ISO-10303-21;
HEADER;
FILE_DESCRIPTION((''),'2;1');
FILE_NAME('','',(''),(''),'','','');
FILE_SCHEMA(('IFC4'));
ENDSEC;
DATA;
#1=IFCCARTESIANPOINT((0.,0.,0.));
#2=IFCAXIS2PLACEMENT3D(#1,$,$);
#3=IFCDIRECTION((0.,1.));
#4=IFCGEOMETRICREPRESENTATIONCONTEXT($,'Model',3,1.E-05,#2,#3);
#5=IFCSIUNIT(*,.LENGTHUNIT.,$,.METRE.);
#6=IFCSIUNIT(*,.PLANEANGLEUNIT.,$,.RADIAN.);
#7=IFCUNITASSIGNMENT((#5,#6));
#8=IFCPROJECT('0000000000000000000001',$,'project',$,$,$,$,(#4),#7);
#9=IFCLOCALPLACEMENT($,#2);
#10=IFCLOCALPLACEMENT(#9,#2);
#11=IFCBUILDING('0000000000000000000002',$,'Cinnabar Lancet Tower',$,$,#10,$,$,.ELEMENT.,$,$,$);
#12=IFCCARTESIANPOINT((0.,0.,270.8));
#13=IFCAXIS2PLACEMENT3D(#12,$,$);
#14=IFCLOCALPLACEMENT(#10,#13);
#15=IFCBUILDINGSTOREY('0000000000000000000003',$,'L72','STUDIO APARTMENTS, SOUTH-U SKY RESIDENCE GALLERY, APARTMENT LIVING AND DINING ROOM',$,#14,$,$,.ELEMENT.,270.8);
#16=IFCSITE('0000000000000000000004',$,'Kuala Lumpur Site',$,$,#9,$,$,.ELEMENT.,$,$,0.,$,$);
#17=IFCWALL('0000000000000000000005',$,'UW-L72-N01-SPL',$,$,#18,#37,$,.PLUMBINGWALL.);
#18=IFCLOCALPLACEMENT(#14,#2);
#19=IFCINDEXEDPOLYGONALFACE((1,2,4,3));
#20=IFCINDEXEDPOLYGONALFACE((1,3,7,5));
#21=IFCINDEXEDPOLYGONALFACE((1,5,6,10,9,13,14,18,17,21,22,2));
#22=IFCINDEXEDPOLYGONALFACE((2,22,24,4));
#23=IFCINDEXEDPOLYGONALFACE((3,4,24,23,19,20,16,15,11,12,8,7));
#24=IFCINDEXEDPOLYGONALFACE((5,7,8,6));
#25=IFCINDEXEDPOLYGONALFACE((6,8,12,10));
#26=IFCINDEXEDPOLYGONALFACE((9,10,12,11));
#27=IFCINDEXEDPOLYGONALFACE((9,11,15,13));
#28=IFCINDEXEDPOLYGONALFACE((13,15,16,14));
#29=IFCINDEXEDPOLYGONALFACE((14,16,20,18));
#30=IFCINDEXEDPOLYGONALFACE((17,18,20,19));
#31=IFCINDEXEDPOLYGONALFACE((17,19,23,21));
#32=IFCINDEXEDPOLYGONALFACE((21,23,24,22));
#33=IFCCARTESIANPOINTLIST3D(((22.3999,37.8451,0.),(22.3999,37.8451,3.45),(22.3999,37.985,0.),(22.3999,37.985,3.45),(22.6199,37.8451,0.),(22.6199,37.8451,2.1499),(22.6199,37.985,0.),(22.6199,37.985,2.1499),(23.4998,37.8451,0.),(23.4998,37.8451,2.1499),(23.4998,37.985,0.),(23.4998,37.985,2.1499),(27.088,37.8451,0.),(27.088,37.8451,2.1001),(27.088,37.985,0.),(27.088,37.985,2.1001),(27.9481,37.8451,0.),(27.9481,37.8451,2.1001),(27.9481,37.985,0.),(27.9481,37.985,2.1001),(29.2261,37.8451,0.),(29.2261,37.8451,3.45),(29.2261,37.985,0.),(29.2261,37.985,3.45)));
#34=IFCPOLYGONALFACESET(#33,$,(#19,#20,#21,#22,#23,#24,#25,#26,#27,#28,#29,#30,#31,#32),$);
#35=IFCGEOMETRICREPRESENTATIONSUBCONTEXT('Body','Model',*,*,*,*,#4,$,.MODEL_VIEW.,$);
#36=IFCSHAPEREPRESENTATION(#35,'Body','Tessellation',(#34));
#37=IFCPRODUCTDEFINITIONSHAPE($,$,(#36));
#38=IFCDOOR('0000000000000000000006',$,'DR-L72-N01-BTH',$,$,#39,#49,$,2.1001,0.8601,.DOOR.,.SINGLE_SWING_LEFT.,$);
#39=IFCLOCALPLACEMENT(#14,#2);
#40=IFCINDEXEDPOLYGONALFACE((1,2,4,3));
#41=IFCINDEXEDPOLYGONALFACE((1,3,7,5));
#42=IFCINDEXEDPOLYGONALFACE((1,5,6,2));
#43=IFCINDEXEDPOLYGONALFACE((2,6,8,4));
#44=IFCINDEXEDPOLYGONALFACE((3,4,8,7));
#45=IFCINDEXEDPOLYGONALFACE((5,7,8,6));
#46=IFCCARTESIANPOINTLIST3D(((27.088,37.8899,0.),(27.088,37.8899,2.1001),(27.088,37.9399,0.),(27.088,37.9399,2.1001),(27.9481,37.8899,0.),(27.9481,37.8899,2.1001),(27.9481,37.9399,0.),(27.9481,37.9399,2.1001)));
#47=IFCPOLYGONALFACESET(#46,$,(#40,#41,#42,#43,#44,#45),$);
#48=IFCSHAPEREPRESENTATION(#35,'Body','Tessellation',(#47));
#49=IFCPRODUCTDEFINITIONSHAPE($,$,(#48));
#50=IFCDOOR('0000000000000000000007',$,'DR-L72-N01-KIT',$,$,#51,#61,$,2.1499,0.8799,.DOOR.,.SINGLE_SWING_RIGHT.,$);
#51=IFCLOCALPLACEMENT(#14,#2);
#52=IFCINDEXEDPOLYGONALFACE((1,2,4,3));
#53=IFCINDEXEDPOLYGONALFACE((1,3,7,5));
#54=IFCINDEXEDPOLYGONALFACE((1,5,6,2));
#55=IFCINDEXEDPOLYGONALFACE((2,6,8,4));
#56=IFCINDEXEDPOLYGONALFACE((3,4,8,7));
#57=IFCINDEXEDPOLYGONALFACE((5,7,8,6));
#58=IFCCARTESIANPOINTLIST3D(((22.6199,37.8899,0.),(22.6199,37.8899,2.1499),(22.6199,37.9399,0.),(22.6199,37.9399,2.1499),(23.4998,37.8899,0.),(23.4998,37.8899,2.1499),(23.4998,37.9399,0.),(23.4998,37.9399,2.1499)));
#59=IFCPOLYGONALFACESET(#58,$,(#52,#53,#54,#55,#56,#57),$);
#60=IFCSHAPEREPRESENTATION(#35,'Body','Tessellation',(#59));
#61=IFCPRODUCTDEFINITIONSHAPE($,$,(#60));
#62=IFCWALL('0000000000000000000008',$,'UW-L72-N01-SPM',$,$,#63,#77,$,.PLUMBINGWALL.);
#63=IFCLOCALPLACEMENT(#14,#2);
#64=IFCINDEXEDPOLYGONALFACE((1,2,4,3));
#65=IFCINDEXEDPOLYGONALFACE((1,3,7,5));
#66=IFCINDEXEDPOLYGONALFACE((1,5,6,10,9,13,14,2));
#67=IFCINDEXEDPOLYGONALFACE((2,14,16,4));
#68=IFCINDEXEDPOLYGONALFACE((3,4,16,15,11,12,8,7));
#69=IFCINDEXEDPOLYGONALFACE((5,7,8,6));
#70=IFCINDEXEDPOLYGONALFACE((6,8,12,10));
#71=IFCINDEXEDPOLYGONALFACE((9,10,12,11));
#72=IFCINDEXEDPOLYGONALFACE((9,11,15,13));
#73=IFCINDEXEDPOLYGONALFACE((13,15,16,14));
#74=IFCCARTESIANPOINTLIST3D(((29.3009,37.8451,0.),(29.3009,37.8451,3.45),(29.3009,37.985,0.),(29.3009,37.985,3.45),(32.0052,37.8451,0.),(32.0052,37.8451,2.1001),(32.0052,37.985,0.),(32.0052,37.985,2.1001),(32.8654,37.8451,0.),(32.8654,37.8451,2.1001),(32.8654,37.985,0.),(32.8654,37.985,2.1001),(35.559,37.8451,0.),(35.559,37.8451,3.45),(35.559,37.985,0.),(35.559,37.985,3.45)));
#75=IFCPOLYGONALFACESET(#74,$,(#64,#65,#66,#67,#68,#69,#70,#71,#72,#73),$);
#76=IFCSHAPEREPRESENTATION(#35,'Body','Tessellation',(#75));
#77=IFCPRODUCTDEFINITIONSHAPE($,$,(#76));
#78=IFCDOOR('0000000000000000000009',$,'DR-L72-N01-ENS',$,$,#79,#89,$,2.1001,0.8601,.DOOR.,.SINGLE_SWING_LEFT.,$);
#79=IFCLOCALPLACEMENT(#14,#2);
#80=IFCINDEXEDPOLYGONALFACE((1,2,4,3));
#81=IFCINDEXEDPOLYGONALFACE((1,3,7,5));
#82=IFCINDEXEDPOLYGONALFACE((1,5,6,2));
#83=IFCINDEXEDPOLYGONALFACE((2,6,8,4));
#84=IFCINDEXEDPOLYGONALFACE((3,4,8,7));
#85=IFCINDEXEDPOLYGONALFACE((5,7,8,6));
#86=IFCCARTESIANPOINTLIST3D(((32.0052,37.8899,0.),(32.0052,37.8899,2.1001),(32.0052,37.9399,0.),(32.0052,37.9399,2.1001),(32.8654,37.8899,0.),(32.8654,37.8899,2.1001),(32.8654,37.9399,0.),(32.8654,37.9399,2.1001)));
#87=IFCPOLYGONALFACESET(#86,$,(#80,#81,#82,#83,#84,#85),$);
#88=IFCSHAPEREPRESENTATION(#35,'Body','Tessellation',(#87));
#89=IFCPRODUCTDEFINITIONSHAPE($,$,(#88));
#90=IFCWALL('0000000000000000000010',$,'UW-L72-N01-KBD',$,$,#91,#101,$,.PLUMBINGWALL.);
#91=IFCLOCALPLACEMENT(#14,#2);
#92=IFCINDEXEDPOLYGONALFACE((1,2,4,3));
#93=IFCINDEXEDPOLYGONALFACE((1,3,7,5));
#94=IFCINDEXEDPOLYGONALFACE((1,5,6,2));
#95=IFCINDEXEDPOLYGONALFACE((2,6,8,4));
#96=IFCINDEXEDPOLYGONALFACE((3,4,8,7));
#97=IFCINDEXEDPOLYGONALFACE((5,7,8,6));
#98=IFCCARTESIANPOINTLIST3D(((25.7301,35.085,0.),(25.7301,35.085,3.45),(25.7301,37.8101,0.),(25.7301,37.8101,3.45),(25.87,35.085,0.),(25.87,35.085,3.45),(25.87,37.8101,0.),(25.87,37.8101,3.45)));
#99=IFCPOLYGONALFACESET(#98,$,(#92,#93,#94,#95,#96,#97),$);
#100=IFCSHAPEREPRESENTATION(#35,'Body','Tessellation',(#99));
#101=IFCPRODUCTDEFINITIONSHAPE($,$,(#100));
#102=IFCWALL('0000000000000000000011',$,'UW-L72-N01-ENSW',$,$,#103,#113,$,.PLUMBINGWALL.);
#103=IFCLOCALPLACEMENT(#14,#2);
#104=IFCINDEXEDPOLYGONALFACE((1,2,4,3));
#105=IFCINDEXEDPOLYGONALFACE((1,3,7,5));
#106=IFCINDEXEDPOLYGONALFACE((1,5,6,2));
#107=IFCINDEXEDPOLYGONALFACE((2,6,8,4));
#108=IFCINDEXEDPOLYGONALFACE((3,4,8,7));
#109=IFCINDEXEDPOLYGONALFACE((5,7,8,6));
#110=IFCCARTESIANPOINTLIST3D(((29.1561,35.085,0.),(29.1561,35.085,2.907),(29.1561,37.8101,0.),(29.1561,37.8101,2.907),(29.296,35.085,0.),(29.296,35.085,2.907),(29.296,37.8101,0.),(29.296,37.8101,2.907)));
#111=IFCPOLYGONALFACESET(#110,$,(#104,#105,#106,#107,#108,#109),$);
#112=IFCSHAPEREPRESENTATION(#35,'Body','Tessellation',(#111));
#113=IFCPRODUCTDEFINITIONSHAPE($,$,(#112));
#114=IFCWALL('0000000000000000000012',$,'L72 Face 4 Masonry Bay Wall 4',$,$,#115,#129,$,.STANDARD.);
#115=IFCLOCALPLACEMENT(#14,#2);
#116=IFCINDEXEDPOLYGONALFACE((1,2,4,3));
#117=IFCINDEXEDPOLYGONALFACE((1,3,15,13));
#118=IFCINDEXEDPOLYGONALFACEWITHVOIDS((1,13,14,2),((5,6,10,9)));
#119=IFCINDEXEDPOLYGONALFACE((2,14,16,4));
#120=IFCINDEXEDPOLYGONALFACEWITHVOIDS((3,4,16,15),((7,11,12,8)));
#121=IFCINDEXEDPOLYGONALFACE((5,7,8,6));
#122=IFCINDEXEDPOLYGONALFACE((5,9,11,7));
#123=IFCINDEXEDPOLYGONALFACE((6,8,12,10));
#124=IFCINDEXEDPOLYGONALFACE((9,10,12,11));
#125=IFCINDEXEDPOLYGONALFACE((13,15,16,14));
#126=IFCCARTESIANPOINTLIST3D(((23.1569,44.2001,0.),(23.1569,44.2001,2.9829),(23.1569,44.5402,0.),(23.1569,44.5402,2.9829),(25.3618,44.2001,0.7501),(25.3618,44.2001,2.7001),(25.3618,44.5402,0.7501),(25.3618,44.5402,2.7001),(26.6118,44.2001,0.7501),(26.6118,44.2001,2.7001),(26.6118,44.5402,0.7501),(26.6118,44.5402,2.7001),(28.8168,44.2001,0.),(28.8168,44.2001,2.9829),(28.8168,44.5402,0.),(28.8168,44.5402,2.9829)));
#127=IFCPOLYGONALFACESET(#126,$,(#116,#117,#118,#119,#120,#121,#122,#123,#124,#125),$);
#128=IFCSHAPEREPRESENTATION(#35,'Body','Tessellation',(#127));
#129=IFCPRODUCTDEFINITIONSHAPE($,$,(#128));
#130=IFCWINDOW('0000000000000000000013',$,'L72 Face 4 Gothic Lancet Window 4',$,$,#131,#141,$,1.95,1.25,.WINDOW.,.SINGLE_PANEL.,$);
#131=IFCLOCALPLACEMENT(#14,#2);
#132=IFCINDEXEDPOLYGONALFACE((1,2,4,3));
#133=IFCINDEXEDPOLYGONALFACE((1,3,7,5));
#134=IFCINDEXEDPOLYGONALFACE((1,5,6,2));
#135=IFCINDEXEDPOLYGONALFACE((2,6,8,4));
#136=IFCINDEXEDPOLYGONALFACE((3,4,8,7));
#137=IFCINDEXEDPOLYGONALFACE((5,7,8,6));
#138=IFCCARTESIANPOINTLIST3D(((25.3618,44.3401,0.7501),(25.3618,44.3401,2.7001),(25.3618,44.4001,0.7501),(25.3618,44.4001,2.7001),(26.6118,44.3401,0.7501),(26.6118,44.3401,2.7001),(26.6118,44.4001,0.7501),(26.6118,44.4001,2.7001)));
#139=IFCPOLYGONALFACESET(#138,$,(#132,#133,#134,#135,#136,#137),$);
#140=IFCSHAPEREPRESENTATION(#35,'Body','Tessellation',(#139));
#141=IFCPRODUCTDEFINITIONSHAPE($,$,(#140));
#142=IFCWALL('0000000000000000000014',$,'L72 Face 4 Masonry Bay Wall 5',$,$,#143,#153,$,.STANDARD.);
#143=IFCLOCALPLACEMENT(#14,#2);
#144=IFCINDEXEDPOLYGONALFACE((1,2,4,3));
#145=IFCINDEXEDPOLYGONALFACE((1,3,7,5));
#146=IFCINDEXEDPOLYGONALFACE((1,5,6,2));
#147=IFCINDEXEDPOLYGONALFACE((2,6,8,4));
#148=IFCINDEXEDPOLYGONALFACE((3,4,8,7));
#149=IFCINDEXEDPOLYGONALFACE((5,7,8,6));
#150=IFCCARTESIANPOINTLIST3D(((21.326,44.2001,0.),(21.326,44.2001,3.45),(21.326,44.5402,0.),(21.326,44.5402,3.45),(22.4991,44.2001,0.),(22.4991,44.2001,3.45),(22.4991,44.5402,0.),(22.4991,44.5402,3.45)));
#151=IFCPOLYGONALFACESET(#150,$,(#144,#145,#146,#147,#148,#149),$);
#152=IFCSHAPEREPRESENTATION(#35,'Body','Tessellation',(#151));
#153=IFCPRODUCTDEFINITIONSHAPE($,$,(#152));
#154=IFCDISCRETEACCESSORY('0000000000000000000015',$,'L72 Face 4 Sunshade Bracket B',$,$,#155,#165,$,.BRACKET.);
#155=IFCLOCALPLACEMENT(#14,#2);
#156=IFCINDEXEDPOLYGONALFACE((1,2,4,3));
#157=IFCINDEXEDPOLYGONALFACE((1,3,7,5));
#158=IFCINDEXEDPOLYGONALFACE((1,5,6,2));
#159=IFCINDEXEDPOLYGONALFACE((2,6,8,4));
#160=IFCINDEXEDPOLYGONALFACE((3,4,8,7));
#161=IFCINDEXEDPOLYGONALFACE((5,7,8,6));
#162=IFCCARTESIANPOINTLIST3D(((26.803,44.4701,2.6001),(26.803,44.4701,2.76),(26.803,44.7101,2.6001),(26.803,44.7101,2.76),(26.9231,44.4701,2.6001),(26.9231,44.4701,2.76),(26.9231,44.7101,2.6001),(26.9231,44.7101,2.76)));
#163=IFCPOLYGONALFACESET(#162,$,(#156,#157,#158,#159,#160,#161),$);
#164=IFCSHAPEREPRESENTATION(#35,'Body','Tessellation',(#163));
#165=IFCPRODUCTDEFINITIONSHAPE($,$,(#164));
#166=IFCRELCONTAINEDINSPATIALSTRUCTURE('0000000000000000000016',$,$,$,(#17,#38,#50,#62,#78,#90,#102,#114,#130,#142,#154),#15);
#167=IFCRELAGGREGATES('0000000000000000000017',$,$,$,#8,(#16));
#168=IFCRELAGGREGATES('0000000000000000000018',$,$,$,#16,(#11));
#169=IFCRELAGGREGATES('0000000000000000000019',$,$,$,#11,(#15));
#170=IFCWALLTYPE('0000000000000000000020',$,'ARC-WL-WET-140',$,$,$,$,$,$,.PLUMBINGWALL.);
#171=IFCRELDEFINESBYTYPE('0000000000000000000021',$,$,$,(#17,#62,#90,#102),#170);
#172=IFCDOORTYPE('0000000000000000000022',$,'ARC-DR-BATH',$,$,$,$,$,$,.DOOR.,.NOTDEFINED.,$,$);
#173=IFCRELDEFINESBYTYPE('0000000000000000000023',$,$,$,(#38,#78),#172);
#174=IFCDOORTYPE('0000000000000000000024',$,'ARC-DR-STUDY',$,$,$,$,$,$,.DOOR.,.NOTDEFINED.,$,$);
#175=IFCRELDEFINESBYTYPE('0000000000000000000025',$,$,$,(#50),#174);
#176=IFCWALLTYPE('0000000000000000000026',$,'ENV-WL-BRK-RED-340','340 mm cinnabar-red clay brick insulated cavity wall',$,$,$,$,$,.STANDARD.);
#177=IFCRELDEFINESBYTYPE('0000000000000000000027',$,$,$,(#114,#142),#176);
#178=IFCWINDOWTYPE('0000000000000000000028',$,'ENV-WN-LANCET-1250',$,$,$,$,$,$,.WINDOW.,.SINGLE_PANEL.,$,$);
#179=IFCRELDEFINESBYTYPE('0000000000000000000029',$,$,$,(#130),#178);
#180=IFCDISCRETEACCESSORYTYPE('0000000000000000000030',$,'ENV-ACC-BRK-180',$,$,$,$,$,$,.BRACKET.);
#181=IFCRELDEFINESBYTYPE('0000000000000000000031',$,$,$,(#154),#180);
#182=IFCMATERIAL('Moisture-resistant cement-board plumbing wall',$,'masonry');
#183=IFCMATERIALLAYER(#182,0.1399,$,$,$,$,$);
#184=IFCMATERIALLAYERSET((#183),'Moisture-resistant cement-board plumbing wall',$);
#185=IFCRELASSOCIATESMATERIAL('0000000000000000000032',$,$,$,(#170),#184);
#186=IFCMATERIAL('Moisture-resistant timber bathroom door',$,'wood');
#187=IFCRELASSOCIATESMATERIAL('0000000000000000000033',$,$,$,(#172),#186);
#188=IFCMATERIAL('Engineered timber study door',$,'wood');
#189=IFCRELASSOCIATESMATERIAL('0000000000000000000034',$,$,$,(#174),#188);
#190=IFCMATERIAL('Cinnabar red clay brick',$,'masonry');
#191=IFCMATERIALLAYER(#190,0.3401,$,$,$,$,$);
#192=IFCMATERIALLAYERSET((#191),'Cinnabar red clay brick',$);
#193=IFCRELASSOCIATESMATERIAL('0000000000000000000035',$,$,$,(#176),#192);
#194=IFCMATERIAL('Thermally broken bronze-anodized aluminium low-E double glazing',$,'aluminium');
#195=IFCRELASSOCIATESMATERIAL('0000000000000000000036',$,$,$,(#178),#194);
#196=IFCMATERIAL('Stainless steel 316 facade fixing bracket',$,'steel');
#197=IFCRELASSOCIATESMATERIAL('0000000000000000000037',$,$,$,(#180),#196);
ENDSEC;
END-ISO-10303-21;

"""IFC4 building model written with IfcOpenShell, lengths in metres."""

from ifc_helpers import new_model, si_unit, direction, frame, frame_2d, origin, origin_2d, place, context, subcontext, project, spatial, rectangle, extrude, material, layer, layer_set, type_object, element, fill, save


model = new_model("IFC4")

# Units and contexts
model_context = context("Model", 3, precision=1e-05, world=origin(), true_north=direction((0.0, 1.0)))
body_context = subcontext(model_context, "Body", "Model", "MODEL_VIEW")
ifc_project = project(units=[si_unit("LENGTHUNIT", "METRE"), si_unit("PLANEANGLEUNIT", "RADIAN")], contexts=[model_context])

# Site, building, storey
site_placement = place(None, origin())
site = spatial("IfcSite", under=ifc_project, at=site_placement, Name="Kuala Lumpur Site", CompositionType="ELEMENT", RefElevation=0.0)
building_placement = place(site_placement, origin())
building = spatial("IfcBuilding", under=site, at=building_placement, Name="Cinnabar Lancet Tower", CompositionType="ELEMENT")
storey_placement = place(building_placement, frame((0.0, 0.0, 270.8)))
storey = spatial("IfcBuildingStorey", under=building, at=storey_placement, Name="L72", Description="STUDIO APARTMENTS, SOUTH-U SKY RESIDENCE GALLERY, APARTMENT LIVING AND DINING ROOM", CompositionType="ELEMENT", Elevation=270.8)

# Wall, openings, doors
ifc_material_1 = material(Name="Moisture-resistant cement-board plumbing wall", Category="masonry")
ifc_layer_1 = layer(ifc_material_1, 0.1399)
ifc_layer_set_1 = layer_set([ifc_layer_1], Name="Moisture-resistant cement-board plumbing wall")
wall_type_1 = type_object("IfcWallType", Name="ARC-WL-WET-140", PredefinedType="PLUMBINGWALL", material=ifc_layer_set_1)
wall_1_placement = place(storey_placement, frame((22.3999, 37.915, 0.0), z_axis=(0.0, 0.0, 1.0), x_axis=(1.0, 0.0, 0.0)))
wall_1 = element("IfcWall", 1, at=wall_1_placement, inside=storey, type_object=wall_type_1, Name="UW-L72-N01-SPL", PredefinedType="PLUMBINGWALL", context=body_context, shape_type="SweptSolid", body=[
    extrude(rectangle(XDim=6.8262, YDim=0.1399, at=frame_2d((3.4131, 0.0))), origin(), (0.0, 0.0, 1.0), 3.45),
])
opening_1_placement = place(wall_1_placement, frame((4.688, 0.0, 0.0)))
opening_1 = element("IfcOpeningElement", 2, at=opening_1_placement, cuts=wall_1, PredefinedType="OPENING", context=body_context, shape_type="SweptSolid", body=[
    extrude(rectangle(XDim=0.8601, YDim=2.1001, at=frame_2d((0.4302, 1.05))), frame((0.0, 0.0798, 0.0), z_axis=(0.0, -1.0, 0.0), x_axis=(1.0, 0.0, 0.0)), (0.0, 0.0, 1.0), 0.1599),
])
opening_2_placement = place(wall_1_placement, frame((0.22, 0.0, 0.0)))
opening_2 = element("IfcOpeningElement", 3, at=opening_2_placement, cuts=wall_1, PredefinedType="OPENING", context=body_context, shape_type="SweptSolid", body=[
    extrude(rectangle(XDim=0.8799, YDim=2.1499, at=frame_2d((0.4399, 1.075))), frame((0.0, 0.0798, 0.0), z_axis=(0.0, -1.0, 0.0), x_axis=(1.0, 0.0, 0.0)), (0.0, 0.0, 1.0), 0.1599),
])
ifc_material_2 = material(Name="Moisture-resistant timber bathroom door", Category="wood")
door_type_1 = type_object("IfcDoorType", Name="ARC-DR-BATH", OperationType="NOTDEFINED", PredefinedType="DOOR", material=ifc_material_2)
door_1_placement = place(opening_1_placement, origin())
door_1 = element("IfcDoor", 4, at=door_1_placement, inside=storey, type_object=door_type_1, Name="DR-L72-N01-BTH", OperationType="SINGLE_SWING_LEFT", OverallHeight=2.1001, OverallWidth=0.8601, PredefinedType="DOOR", context=body_context, shape_type="SweptSolid", body=[
    extrude(rectangle(XDim=0.8601, YDim=2.1001, at=frame_2d((0.4302, 1.05))), frame((0.0, 0.0249, 0.0), z_axis=(0.0, -1.0, 0.0), x_axis=(1.0, 0.0, 0.0)), (0.0, 0.0, 1.0), 0.05),
])
fill(opening_1, door_1)
ifc_material_3 = material(Name="Engineered timber study door", Category="wood")
door_type_2 = type_object("IfcDoorType", Name="ARC-DR-STUDY", OperationType="NOTDEFINED", PredefinedType="DOOR", material=ifc_material_3)
door_2_placement = place(opening_2_placement, origin())
door_2 = element("IfcDoor", 5, at=door_2_placement, inside=storey, type_object=door_type_2, Name="DR-L72-N01-KIT", OperationType="SINGLE_SWING_RIGHT", OverallHeight=2.1499, OverallWidth=0.8799, PredefinedType="DOOR", context=body_context, shape_type="SweptSolid", body=[
    extrude(rectangle(XDim=0.8799, YDim=2.1499, at=frame_2d((0.4399, 1.075))), frame((0.0, 0.0249, 0.0), z_axis=(0.0, -1.0, 0.0), x_axis=(1.0, 0.0, 0.0)), (0.0, 0.0, 1.0), 0.05),
])
fill(opening_2, door_2)

# Wall, opening, door
wall_2_placement = place(storey_placement, frame((29.301, 37.915, 0.0), z_axis=(0.0, 0.0, 1.0), x_axis=(1.0, 0.0, 0.0)))
wall_2 = element("IfcWall", 6, at=wall_2_placement, inside=storey, type_object=wall_type_1, Name="UW-L72-N01-SPM", PredefinedType="PLUMBINGWALL", context=body_context, shape_type="SweptSolid", body=[
    extrude(rectangle(XDim=6.2581, YDim=0.1399, at=frame_2d((3.1289, 0.0))), origin(), (0.0, 0.0, 1.0), 3.45),
])
opening_3_placement = place(wall_2_placement, frame((2.7041, 0.0, 0.0)))
opening_3 = element("IfcOpeningElement", 7, at=opening_3_placement, cuts=wall_2, PredefinedType="OPENING", context=body_context, shape_type="SweptSolid", body=[
    extrude(rectangle(XDim=0.8601, YDim=2.1001, at=frame_2d((0.4302, 1.05))), frame((0.0, 0.0798, 0.0), z_axis=(0.0, -1.0, 0.0), x_axis=(1.0, 0.0, 0.0)), (0.0, 0.0, 1.0), 0.1599),
])
door_3_placement = place(opening_3_placement, origin())
door_3 = element("IfcDoor", 8, at=door_3_placement, inside=storey, type_object=door_type_1, Name="DR-L72-N01-ENS", OperationType="SINGLE_SWING_LEFT", OverallHeight=2.1001, OverallWidth=0.8601, PredefinedType="DOOR", context=body_context, shape_type="SweptSolid", body=[
    extrude(rectangle(XDim=0.8601, YDim=2.1001, at=frame_2d((0.4302, 1.05))), frame((0.0, 0.0249, 0.0), z_axis=(0.0, -1.0, 0.0), x_axis=(1.0, 0.0, 0.0)), (0.0, 0.0, 1.0), 0.05),
])
fill(opening_3, door_3)

# Walls
wall_3_placement = place(storey_placement, frame((25.8, 35.085, 0.0), z_axis=(0.0, 0.0, 1.0), x_axis=(0.0, 1.0, 0.0)))
element("IfcWall", 9, at=wall_3_placement, inside=storey, type_object=wall_type_1, Name="UW-L72-N01-KBD", PredefinedType="PLUMBINGWALL", context=body_context, shape_type="SweptSolid", body=[
    extrude(rectangle(XDim=2.7251, YDim=0.1399, at=frame_2d((1.3625, 0.0))), origin(), (0.0, 0.0, 1.0), 3.45),
])
wall_4_placement = place(storey_placement, frame((29.2261, 35.085, 0.0), z_axis=(0.0, 0.0, 1.0), x_axis=(0.0, 1.0, 0.0)))
element("IfcWall", 10, at=wall_4_placement, inside=storey, type_object=wall_type_1, Name="UW-L72-N01-ENSW", PredefinedType="PLUMBINGWALL", context=body_context, shape_type="SweptSolid", body=[
    extrude(rectangle(XDim=2.7251, YDim=0.1399, at=frame_2d((1.3625, 0.0))), origin(), (0.0, 0.0, 1.0), 2.907),
])

# Wall, opening, window
ifc_material_4 = material(Name="Cinnabar red clay brick", Category="masonry")
ifc_layer_2 = layer(ifc_material_4, 0.3401)
ifc_layer_set_2 = layer_set([ifc_layer_2], Name="Cinnabar red clay brick")
wall_type_2 = type_object("IfcWallType", Name="ENV-WL-BRK-RED-340", Description="340 mm cinnabar-red clay brick insulated cavity wall", PredefinedType="STANDARD", material=ifc_layer_set_2)
wall_5_placement = place(storey_placement, frame((28.8169, 44.3701, 0.0), z_axis=(0.0, 0.0, 1.0), x_axis=(-1.0, 0.0, 0.0)))
wall_5 = element("IfcWall", 11, at=wall_5_placement, inside=storey, type_object=wall_type_2, Name="L72 Face 4 Masonry Bay Wall 4", PredefinedType="STANDARD", context=body_context, shape_type="SweptSolid", body=[
    extrude(rectangle(XDim=5.6599, YDim=0.3401, at=frame_2d((2.8301, 0.0))), origin(), (0.0, 0.0, 1.0), 2.9829),
])
opening_4_placement = place(wall_5_placement, frame((2.2051, 0.0, 0.75)))
opening_4 = element("IfcOpeningElement", 12, at=opening_4_placement, cuts=wall_5, PredefinedType="OPENING", context=body_context, shape_type="SweptSolid", body=[
    extrude(rectangle(XDim=1.25, YDim=1.95, at=frame_2d((0.625, 0.9751))), frame((0.0, 0.1799, 0.0), z_axis=(0.0, -1.0, 0.0), x_axis=(1.0, 0.0, 0.0)), (0.0, 0.0, 1.0), 0.3601),
])
ifc_material_5 = material(Name="Thermally broken bronze-anodized aluminium low-E double glazing", Category="aluminium")
window_type = type_object("IfcWindowType", Name="ENV-WN-LANCET-1250", PartitioningType="SINGLE_PANEL", PredefinedType="WINDOW", material=ifc_material_5)
window_placement = place(opening_4_placement, origin())
window = element("IfcWindow", 13, at=window_placement, inside=storey, type_object=window_type, Name="L72 Face 4 Gothic Lancet Window 4", OverallHeight=1.95, OverallWidth=1.25, PartitioningType="SINGLE_PANEL", PredefinedType="WINDOW", context=body_context, shape_type="SweptSolid", body=[
    extrude(rectangle(XDim=1.25, YDim=1.95, at=frame_2d((0.625, 0.9751))), frame((0.0, 0.03, 0.0), z_axis=(0.0, -1.0, 0.0), x_axis=(1.0, 0.0, 0.0)), (0.0, 0.0, 1.0), 0.0601),
])
fill(opening_4, window)

# Wall
wall_6_placement = place(storey_placement, frame((22.499, 44.3701, 0.0), z_axis=(0.0, 0.0, 1.0), x_axis=(-1.0, 0.0, 0.0)))
element("IfcWall", 14, at=wall_6_placement, inside=storey, type_object=wall_type_2, Name="L72 Face 4 Masonry Bay Wall 5", PredefinedType="STANDARD", context=body_context, shape_type="SweptSolid", body=[
    extrude(rectangle(XDim=1.1731, YDim=0.3401, at=frame_2d((0.5864, 0.0))), origin(), (0.0, 0.0, 1.0), 3.45),
])

# Discrete accessory
ifc_material_6 = material(Name="Stainless steel 316 facade fixing bracket", Category="steel")
discrete_accessory_type = type_object("IfcDiscreteAccessoryType", Name="ENV-ACC-BRK-180", PredefinedType="BRACKET", material=ifc_material_6)
discrete_accessory_placement = place(storey_placement, frame((26.863, 44.5901, 2.6001), z_axis=(0.0, 0.0, 1.0), x_axis=(-1.0, 0.0, 0.0)))
element("IfcDiscreteAccessory", 15, at=discrete_accessory_placement, inside=storey, type_object=discrete_accessory_type, Name="L72 Face 4 Sunshade Bracket B", PredefinedType="BRACKET", context=body_context, shape_type="SweptSolid", body=[
    extrude(rectangle(XDim=0.1201, YDim=0.24, at=origin_2d()), origin(), (0.0, 0.0, 1.0), 0.1599),
])

save(model, "model.ifc")
